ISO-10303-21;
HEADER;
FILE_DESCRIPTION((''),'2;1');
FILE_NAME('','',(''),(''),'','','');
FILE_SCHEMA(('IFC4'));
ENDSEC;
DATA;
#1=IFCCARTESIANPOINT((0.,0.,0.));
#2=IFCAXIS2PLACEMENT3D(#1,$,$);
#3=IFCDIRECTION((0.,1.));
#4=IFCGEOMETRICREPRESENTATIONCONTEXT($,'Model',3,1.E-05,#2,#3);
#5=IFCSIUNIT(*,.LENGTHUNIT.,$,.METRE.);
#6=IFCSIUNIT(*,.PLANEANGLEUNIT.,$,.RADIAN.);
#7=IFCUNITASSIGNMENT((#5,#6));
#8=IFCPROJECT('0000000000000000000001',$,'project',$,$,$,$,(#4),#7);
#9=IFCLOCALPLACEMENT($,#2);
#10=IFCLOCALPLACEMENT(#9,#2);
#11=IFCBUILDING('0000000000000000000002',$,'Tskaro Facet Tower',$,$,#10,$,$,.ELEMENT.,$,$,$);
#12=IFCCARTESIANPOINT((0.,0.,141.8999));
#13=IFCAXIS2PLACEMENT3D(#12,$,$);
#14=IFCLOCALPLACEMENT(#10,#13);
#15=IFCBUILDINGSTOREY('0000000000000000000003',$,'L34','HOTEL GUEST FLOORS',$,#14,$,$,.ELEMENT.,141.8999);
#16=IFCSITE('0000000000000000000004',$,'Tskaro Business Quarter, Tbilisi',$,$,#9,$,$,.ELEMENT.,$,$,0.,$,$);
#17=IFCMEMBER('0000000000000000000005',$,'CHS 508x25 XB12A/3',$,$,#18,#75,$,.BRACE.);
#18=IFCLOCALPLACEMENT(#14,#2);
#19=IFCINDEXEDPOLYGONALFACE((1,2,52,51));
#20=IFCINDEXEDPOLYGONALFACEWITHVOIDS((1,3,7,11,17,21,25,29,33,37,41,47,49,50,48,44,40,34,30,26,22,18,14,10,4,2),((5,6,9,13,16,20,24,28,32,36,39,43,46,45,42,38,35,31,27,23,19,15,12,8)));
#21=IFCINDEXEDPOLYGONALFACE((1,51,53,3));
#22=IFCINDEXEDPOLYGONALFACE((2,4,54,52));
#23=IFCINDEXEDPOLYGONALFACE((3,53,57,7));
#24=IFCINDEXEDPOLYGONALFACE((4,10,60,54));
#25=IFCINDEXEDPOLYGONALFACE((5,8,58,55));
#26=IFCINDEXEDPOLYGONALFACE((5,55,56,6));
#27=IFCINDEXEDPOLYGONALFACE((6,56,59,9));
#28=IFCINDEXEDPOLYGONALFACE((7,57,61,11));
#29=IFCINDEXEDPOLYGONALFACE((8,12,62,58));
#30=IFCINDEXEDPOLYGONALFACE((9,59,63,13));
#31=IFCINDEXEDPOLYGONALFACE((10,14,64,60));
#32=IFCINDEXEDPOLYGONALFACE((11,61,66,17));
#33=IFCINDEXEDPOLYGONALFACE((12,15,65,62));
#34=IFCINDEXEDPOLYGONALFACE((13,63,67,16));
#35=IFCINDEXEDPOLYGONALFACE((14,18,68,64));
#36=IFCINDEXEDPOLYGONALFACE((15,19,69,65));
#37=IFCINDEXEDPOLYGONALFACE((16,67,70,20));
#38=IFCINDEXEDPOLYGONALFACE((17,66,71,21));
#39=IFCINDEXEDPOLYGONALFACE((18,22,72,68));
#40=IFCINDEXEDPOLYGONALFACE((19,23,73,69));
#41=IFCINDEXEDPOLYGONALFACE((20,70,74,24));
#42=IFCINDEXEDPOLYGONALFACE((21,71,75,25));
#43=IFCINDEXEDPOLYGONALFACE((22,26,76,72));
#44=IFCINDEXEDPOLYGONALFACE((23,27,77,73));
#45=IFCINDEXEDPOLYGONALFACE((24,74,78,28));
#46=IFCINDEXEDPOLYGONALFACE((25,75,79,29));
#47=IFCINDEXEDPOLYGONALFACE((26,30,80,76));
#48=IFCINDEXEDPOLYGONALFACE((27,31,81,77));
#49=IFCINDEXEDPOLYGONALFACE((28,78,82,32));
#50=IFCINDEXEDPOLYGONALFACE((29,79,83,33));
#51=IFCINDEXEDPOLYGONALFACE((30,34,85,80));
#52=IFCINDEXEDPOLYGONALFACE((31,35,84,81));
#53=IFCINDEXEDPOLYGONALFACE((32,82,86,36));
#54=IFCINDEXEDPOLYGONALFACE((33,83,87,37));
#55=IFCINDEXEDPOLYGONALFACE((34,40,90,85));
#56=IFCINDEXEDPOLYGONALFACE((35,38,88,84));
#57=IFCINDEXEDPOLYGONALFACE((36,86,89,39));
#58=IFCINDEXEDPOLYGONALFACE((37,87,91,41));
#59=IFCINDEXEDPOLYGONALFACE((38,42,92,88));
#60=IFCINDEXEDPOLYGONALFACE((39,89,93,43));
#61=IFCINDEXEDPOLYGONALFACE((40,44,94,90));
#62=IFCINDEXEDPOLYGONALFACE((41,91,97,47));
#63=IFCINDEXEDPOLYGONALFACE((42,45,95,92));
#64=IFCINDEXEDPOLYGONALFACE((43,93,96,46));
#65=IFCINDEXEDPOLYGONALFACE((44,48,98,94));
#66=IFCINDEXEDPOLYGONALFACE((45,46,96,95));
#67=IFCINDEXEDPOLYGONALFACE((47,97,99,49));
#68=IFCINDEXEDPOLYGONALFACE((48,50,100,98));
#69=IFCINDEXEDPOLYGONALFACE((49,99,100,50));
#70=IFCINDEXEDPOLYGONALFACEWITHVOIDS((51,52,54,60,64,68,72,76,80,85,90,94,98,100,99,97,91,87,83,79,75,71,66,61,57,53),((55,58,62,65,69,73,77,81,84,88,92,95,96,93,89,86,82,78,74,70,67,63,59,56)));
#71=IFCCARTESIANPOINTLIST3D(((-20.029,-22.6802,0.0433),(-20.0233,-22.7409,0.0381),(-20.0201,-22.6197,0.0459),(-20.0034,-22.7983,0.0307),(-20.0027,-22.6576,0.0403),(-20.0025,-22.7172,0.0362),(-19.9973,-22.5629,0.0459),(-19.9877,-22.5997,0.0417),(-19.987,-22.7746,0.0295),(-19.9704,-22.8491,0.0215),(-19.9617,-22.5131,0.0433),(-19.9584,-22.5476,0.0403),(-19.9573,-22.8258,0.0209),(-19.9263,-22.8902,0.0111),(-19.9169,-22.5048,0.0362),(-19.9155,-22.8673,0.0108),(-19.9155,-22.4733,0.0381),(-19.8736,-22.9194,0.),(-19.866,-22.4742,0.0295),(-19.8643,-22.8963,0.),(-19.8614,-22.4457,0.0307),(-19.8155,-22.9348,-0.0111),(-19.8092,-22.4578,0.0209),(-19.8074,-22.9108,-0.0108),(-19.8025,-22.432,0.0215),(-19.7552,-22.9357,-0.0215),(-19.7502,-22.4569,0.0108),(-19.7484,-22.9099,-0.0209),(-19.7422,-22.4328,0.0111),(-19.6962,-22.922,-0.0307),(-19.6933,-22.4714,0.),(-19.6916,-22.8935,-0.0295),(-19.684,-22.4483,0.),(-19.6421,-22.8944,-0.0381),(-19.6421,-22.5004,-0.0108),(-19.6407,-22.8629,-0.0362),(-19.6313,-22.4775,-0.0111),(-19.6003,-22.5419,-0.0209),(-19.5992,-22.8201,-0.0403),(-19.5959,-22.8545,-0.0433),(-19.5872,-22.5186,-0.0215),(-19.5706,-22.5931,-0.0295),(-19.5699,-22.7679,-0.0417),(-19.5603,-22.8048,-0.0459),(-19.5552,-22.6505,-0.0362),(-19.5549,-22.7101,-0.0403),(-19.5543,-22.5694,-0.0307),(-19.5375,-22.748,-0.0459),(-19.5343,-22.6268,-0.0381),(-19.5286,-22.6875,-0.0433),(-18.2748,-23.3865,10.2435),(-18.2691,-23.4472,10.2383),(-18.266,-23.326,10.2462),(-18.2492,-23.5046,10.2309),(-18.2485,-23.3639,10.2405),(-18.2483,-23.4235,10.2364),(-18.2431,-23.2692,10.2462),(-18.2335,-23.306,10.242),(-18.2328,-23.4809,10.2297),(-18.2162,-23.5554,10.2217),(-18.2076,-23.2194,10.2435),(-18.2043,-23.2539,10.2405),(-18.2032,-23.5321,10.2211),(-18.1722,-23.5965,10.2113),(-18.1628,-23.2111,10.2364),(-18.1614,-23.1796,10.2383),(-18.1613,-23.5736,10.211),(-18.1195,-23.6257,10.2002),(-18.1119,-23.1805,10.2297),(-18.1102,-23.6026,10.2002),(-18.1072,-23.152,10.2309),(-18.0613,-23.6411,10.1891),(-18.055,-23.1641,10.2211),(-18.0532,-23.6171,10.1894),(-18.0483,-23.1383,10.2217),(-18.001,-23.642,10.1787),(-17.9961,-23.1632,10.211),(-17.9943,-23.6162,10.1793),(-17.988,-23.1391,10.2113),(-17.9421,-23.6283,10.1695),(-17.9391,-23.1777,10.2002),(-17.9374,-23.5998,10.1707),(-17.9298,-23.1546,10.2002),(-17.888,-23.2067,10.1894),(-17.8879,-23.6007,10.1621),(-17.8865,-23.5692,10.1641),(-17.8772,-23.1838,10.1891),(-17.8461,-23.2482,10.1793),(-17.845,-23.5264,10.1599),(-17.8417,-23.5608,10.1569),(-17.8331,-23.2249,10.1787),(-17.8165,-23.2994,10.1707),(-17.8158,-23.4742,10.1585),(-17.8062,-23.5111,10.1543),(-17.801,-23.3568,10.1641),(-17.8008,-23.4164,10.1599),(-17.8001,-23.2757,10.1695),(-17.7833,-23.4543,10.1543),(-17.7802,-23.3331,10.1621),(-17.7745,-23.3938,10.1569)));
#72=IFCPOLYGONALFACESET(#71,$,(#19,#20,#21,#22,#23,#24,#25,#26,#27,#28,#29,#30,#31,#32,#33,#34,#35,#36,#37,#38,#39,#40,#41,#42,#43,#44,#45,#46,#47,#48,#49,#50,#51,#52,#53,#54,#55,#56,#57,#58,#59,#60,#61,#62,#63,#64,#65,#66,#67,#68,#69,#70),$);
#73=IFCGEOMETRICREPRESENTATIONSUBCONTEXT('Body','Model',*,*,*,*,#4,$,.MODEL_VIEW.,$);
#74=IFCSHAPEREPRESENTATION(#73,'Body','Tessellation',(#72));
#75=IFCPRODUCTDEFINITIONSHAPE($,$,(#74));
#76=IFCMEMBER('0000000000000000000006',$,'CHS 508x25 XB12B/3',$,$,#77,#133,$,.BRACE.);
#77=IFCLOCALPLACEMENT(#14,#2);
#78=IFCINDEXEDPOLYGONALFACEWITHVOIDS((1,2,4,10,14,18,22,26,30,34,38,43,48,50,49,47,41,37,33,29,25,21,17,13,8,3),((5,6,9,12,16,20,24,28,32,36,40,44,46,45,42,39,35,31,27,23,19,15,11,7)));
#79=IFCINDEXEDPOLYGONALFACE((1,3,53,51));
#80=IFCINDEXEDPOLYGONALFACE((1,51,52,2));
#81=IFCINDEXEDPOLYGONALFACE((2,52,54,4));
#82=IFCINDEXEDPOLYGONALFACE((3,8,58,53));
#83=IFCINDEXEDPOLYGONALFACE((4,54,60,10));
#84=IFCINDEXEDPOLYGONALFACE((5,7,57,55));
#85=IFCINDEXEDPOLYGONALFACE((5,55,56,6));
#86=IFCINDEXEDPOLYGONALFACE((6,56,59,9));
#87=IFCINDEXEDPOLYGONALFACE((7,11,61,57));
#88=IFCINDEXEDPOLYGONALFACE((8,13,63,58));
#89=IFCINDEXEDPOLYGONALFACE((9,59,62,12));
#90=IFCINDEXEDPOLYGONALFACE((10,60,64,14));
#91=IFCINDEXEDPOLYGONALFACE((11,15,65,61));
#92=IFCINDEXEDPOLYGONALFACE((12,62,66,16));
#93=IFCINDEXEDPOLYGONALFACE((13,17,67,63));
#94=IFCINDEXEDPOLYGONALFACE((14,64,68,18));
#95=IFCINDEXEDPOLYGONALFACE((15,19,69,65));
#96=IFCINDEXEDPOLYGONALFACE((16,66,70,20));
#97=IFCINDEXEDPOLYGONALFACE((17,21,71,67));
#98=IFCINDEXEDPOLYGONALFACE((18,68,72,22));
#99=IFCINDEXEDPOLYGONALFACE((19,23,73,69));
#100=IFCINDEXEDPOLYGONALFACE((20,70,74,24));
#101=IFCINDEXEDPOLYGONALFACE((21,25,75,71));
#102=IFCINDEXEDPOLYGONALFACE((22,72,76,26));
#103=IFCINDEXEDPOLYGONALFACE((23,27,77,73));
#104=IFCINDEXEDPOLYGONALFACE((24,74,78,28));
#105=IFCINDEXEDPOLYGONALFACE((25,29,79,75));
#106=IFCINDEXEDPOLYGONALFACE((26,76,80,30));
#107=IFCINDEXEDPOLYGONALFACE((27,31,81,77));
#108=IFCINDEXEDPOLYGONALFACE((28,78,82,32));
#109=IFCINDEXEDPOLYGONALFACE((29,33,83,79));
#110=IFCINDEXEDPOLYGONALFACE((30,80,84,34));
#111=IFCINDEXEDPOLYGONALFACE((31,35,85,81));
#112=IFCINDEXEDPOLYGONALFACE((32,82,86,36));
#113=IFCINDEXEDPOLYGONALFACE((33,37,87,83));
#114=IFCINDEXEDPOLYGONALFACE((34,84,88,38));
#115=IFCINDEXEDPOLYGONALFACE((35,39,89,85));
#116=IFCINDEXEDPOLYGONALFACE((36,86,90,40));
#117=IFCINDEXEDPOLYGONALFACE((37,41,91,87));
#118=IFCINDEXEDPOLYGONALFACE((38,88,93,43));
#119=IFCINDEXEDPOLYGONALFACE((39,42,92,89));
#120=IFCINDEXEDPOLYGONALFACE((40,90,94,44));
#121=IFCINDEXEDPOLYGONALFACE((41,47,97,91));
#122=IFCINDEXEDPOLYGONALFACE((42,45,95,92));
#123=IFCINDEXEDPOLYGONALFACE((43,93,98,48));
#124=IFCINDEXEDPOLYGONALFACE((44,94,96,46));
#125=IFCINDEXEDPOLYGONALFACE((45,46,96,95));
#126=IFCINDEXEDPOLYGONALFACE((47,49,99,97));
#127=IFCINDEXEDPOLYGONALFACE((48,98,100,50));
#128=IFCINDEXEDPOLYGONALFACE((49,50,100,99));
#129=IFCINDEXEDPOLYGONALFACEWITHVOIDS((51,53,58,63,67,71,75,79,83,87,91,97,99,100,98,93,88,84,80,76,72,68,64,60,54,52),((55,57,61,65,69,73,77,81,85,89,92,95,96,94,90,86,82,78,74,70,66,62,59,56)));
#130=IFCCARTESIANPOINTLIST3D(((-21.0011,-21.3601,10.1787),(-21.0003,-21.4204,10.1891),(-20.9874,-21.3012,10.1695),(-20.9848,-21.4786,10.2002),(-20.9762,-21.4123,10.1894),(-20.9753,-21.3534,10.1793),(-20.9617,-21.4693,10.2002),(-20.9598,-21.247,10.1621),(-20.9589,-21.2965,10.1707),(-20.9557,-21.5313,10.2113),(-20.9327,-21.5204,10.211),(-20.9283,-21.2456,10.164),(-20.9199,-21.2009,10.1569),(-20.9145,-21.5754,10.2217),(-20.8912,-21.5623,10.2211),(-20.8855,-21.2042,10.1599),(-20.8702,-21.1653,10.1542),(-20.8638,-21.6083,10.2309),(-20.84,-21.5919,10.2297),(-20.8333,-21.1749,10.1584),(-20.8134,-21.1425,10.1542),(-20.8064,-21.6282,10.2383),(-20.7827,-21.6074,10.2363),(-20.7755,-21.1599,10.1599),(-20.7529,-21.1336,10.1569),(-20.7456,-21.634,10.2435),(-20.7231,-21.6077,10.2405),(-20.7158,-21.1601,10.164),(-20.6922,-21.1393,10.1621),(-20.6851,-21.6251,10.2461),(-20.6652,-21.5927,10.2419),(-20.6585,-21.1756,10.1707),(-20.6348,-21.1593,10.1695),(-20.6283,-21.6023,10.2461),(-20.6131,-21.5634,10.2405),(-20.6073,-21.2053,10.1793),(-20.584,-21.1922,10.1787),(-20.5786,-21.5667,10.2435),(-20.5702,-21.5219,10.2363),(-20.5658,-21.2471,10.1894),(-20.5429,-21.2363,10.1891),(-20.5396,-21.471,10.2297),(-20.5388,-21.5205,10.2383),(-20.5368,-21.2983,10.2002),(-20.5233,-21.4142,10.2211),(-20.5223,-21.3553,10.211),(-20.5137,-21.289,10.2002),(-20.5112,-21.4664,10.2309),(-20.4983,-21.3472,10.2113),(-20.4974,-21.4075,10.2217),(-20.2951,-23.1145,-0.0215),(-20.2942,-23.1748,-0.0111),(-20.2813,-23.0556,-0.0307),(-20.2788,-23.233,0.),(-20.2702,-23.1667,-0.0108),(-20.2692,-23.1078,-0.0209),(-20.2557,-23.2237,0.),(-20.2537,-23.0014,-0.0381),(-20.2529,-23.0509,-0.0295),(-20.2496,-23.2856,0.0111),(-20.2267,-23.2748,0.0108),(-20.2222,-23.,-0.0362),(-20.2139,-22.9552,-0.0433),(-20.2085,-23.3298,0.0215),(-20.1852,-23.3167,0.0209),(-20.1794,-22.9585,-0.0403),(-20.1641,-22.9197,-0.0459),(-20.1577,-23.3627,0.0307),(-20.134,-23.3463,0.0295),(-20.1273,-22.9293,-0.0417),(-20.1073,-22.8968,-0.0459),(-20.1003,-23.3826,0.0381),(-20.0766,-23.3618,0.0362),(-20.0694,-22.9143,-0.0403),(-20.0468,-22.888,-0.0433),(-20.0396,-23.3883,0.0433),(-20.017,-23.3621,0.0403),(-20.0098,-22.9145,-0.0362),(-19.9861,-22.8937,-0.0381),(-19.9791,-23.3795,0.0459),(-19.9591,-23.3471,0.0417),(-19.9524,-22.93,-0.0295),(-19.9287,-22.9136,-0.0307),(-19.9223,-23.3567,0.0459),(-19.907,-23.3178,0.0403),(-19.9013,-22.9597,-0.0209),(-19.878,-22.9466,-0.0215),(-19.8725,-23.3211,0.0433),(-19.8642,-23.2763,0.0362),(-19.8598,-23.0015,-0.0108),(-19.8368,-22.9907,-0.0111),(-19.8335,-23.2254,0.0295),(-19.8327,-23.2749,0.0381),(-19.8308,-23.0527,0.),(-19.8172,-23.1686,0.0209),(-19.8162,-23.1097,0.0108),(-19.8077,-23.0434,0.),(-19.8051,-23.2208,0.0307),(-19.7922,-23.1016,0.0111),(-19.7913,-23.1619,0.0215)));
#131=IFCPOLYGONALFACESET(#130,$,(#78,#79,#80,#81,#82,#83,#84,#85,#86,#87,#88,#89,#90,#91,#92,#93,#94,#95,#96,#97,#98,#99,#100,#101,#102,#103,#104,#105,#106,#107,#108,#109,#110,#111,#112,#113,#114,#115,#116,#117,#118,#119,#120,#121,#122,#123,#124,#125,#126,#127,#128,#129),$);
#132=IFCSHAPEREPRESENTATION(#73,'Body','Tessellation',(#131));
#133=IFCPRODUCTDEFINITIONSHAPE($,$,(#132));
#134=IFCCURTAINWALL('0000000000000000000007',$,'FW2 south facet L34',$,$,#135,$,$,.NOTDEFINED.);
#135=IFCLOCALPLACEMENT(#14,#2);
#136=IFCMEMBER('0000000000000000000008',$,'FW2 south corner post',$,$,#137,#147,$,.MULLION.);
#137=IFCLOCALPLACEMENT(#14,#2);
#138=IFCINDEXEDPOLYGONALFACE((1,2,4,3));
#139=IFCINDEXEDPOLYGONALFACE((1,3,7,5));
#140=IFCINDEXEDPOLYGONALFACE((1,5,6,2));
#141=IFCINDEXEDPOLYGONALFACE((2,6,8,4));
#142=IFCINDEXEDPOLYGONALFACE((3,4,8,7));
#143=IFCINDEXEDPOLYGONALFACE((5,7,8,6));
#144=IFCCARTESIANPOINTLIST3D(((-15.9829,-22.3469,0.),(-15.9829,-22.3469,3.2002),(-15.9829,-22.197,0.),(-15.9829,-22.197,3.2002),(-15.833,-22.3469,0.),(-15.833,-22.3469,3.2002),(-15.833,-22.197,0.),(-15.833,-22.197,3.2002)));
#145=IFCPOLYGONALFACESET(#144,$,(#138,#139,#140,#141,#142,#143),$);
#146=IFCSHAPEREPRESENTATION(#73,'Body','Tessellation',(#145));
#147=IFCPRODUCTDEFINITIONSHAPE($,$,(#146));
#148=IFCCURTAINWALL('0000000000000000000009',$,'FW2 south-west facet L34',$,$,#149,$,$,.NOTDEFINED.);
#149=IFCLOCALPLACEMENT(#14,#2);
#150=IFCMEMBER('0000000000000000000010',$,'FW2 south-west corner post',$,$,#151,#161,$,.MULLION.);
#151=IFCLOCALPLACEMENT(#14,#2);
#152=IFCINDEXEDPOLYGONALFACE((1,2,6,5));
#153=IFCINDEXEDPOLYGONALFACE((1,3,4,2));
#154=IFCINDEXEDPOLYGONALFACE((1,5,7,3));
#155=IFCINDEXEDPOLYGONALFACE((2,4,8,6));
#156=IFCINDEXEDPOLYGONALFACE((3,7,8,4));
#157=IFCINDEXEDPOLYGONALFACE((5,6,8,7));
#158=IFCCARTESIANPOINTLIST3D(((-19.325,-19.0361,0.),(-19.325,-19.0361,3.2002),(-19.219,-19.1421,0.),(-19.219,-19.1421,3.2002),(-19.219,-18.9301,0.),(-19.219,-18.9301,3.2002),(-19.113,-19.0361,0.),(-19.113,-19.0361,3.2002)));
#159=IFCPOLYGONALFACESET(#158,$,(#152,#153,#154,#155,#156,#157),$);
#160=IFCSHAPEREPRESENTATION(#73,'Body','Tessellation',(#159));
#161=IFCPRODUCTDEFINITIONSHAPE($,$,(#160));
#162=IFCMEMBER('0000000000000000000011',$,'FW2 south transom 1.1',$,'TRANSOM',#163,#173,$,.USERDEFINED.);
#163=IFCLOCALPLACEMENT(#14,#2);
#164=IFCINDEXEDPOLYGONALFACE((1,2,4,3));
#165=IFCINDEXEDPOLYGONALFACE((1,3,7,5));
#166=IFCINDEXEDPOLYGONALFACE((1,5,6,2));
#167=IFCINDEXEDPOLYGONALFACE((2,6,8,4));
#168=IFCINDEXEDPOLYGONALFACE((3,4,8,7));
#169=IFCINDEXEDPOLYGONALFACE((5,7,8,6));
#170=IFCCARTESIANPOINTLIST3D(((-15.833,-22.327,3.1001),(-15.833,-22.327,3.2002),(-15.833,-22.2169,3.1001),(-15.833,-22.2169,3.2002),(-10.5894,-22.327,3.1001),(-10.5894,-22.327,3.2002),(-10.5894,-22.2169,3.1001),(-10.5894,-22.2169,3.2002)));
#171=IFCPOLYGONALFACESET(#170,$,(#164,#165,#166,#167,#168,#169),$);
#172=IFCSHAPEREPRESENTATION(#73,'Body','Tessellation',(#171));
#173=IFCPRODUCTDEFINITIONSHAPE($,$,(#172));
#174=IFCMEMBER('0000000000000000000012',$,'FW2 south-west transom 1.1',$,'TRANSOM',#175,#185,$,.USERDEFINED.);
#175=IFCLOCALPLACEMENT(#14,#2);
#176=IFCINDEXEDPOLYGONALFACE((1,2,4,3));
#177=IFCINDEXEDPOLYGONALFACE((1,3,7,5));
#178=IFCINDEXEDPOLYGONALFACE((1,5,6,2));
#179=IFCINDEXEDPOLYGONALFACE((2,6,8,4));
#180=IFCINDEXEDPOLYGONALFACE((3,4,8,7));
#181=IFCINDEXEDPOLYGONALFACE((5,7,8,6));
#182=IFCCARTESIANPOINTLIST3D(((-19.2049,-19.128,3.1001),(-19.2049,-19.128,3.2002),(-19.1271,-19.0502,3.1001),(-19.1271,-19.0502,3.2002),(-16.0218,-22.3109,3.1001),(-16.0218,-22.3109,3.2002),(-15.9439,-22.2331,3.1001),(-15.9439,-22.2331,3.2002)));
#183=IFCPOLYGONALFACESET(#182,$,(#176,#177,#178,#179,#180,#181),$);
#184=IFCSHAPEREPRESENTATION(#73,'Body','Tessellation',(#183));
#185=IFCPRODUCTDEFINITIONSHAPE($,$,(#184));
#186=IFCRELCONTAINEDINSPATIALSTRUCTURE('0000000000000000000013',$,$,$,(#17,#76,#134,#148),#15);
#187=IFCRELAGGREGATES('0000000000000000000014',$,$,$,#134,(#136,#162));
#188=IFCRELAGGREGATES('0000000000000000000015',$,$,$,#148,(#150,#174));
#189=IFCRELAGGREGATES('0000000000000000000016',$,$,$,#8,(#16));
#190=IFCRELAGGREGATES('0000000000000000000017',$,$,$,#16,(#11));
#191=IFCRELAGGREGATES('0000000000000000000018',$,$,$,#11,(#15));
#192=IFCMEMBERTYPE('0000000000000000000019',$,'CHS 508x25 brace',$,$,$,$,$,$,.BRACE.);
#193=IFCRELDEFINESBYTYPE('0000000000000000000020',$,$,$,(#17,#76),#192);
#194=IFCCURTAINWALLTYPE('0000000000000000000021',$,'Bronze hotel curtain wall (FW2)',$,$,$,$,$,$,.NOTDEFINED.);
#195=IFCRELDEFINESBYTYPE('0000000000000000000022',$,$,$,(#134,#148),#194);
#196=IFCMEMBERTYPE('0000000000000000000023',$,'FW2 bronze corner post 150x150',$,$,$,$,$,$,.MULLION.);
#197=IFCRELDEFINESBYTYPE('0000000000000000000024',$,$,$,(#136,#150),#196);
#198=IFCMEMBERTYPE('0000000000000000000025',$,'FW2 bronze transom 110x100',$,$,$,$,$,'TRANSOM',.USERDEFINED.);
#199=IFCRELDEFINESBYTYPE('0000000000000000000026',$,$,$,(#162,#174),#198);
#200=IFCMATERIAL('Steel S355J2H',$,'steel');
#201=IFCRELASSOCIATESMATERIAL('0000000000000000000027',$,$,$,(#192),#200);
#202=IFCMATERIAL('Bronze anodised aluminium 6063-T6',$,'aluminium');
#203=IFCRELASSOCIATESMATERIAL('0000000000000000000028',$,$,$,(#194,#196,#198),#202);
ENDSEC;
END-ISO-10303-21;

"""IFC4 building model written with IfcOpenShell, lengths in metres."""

from ifc_helpers import new_model, si_unit, direction, frame, origin, origin_2d, place, context, subcontext, project, spatial, rectangle, hollow_circle, extrude, material, material_profile, profile_set, type_object, element, aggregate, save


model = new_model("IFC4")

# Units and contexts
model_context = context("Model", 3, precision=1e-05, world=origin(), true_north=direction((0.0, 1.0)))
body_context = subcontext(model_context, "Body", "Model", "MODEL_VIEW")
ifc_project = project(units=[si_unit("LENGTHUNIT", "METRE"), si_unit("PLANEANGLEUNIT", "RADIAN")], contexts=[model_context])

# Site, building, storey
site_placement = place(None, origin())
site = spatial("IfcSite", under=ifc_project, at=site_placement, Name="Tskaro Business Quarter, Tbilisi", CompositionType="ELEMENT", RefElevation=0.0)
building_placement = place(site_placement, origin())
building = spatial("IfcBuilding", under=site, at=building_placement, Name="Tskaro Facet Tower", CompositionType="ELEMENT")
storey_placement = place(building_placement, frame((0.0, 0.0, 141.8999)))
storey = spatial("IfcBuildingStorey", under=building, at=storey_placement, Name="L34", Description="HOTEL GUEST FLOORS", CompositionType="ELEMENT", Elevation=141.8999)

# Shared definitions
ifc_material_1 = material(Name="Steel S355J2H", Category="steel")

# Members
ifc_material_profile_1 = material_profile(ifc_material_1, hollow_circle(Radius=0.2539, WallThickness=0.0249, at=origin_2d()), Name="CHS 508x25")
ifc_profile_set_1 = profile_set([ifc_material_profile_1], Name="Steel S355J2H")
member_type_1 = type_object("IfcMemberType", Name="CHS 508x25 brace", PredefinedType="BRACE", material=ifc_profile_set_1)
for number, where, z_axis, x_axis, name in (
    (1, (-19.7788, -22.6838, 0.0), (0.169091, -0.068084, 0.983246), (0.373504, 0.927628, 0.0), "CHS 508x25 XB12A/3"),
    (2, (-20.0432, -23.1382, 0.0), (-0.06806, 0.169114, 0.983244), (-0.927691, -0.373349, 0.0), "CHS 508x25 XB12B/3"),
):
    element("IfcMember", number, at=place(storey_placement, frame(where, z_axis=z_axis, x_axis=x_axis)), inside=storey, type_object=member_type_1, Name=name, PredefinedType="BRACE", context=body_context, shape_type="SweptSolid", body=[
        extrude(hollow_circle(Radius=0.2539, WallThickness=0.0249, at=origin_2d()), origin(), (0.0, 0.0, 1.0), 10.374),
    ])

# Curtain walls, members
ifc_material_2 = material(Name="Bronze anodised aluminium 6063-T6", Category="aluminium")
curtain_wall_type = type_object("IfcCurtainWallType", Name="Bronze hotel curtain wall (FW2)", PredefinedType="NOTDEFINED", material=ifc_material_2)
curtain_wall_1_placement = place(storey_placement, origin())
curtain_wall_1 = element("IfcCurtainWall", 3, at=curtain_wall_1_placement, inside=storey, type_object=curtain_wall_type, Name="FW2 south facet L34", PredefinedType="NOTDEFINED")
ifc_material_profile_2 = material_profile(ifc_material_2, rectangle(XDim=0.1499, YDim=0.1499, at=origin_2d()), Name="Corner post 150x150")
ifc_profile_set_2 = profile_set([ifc_material_profile_2], Name="Bronze anodised aluminium 6063-T6")
member_type_2 = type_object("IfcMemberType", Name="FW2 bronze corner post 150x150", PredefinedType="MULLION", material=ifc_profile_set_2)
member_1_placement = place(storey_placement, frame((-15.908, -22.272, 0.0), z_axis=(0.0, 0.0, 1.0), x_axis=(1.0, 0.0, 0.0)))
member_1 = element("IfcMember", 4, at=member_1_placement, type_object=member_type_2, Name="FW2 south corner post", PredefinedType="MULLION", context=body_context, shape_type="SweptSolid", body=[
    extrude(rectangle(XDim=0.1499, YDim=0.1499, at=origin_2d()), origin(), (0.0, 0.0, 1.0), 3.2002),
])
curtain_wall_2_placement = place(storey_placement, origin())
curtain_wall_2 = element("IfcCurtainWall", 5, at=curtain_wall_2_placement, inside=storey, type_object=curtain_wall_type, Name="FW2 south-west facet L34", PredefinedType="NOTDEFINED")
member_2_placement = place(storey_placement, frame((-19.219, -19.0361, 0.0), z_axis=(0.0, 0.0, 1.0), x_axis=(0.707107, -0.707107, 0.0)))
member_2 = element("IfcMember", 6, at=member_2_placement, type_object=member_type_2, Name="FW2 south-west corner post", PredefinedType="MULLION", context=body_context, shape_type="SweptSolid", body=[
    extrude(rectangle(XDim=0.1499, YDim=0.1499, at=origin_2d()), origin(), (0.0, 0.0, 1.0), 3.2002),
])

# Members
ifc_material_profile_3 = material_profile(ifc_material_2, rectangle(XDim=0.1101, YDim=0.1001, at=origin_2d()), Name="Transom 110x100")
ifc_profile_set_3 = profile_set([ifc_material_profile_3], Name="Bronze anodised aluminium 6063-T6")
member_type_3 = type_object("IfcMemberType", Name="FW2 bronze transom 110x100", ElementType="TRANSOM", PredefinedType="USERDEFINED", material=ifc_profile_set_3)
member_3_placement = place(storey_placement, frame((-15.833, -22.272, 3.1501), z_axis=(1.0, 0.0, 0.0), x_axis=(0.0, 1.0, 0.0)))
member_3 = element("IfcMember", 7, at=member_3_placement, type_object=member_type_3, Name="FW2 south transom 1.1", ObjectType="TRANSOM", PredefinedType="USERDEFINED", context=body_context, shape_type="SweptSolid", body=[
    extrude(rectangle(XDim=0.1101, YDim=0.1001, at=origin_2d()), origin(), (0.0, 0.0, 1.0), 5.2437),
])
member_4_placement = place(storey_placement, frame((-19.166, -19.0891, 3.1501), z_axis=(0.707134, -0.70708, 0.0), x_axis=(0.70708, 0.707134, 0.0)))
member_4 = element("IfcMember", 8, at=member_4_placement, type_object=member_type_3, Name="FW2 south-west transom 1.1", ObjectType="TRANSOM", PredefinedType="USERDEFINED", context=body_context, shape_type="SweptSolid", body=[
    extrude(rectangle(XDim=0.1101, YDim=0.1001, at=origin_2d()), origin(), (0.0, 0.0, 1.0), 4.5015),
])

aggregate(curtain_wall_1, [member_1, member_3])

aggregate(curtain_wall_2, [member_2, member_4])

save(model, "model.ifc")
